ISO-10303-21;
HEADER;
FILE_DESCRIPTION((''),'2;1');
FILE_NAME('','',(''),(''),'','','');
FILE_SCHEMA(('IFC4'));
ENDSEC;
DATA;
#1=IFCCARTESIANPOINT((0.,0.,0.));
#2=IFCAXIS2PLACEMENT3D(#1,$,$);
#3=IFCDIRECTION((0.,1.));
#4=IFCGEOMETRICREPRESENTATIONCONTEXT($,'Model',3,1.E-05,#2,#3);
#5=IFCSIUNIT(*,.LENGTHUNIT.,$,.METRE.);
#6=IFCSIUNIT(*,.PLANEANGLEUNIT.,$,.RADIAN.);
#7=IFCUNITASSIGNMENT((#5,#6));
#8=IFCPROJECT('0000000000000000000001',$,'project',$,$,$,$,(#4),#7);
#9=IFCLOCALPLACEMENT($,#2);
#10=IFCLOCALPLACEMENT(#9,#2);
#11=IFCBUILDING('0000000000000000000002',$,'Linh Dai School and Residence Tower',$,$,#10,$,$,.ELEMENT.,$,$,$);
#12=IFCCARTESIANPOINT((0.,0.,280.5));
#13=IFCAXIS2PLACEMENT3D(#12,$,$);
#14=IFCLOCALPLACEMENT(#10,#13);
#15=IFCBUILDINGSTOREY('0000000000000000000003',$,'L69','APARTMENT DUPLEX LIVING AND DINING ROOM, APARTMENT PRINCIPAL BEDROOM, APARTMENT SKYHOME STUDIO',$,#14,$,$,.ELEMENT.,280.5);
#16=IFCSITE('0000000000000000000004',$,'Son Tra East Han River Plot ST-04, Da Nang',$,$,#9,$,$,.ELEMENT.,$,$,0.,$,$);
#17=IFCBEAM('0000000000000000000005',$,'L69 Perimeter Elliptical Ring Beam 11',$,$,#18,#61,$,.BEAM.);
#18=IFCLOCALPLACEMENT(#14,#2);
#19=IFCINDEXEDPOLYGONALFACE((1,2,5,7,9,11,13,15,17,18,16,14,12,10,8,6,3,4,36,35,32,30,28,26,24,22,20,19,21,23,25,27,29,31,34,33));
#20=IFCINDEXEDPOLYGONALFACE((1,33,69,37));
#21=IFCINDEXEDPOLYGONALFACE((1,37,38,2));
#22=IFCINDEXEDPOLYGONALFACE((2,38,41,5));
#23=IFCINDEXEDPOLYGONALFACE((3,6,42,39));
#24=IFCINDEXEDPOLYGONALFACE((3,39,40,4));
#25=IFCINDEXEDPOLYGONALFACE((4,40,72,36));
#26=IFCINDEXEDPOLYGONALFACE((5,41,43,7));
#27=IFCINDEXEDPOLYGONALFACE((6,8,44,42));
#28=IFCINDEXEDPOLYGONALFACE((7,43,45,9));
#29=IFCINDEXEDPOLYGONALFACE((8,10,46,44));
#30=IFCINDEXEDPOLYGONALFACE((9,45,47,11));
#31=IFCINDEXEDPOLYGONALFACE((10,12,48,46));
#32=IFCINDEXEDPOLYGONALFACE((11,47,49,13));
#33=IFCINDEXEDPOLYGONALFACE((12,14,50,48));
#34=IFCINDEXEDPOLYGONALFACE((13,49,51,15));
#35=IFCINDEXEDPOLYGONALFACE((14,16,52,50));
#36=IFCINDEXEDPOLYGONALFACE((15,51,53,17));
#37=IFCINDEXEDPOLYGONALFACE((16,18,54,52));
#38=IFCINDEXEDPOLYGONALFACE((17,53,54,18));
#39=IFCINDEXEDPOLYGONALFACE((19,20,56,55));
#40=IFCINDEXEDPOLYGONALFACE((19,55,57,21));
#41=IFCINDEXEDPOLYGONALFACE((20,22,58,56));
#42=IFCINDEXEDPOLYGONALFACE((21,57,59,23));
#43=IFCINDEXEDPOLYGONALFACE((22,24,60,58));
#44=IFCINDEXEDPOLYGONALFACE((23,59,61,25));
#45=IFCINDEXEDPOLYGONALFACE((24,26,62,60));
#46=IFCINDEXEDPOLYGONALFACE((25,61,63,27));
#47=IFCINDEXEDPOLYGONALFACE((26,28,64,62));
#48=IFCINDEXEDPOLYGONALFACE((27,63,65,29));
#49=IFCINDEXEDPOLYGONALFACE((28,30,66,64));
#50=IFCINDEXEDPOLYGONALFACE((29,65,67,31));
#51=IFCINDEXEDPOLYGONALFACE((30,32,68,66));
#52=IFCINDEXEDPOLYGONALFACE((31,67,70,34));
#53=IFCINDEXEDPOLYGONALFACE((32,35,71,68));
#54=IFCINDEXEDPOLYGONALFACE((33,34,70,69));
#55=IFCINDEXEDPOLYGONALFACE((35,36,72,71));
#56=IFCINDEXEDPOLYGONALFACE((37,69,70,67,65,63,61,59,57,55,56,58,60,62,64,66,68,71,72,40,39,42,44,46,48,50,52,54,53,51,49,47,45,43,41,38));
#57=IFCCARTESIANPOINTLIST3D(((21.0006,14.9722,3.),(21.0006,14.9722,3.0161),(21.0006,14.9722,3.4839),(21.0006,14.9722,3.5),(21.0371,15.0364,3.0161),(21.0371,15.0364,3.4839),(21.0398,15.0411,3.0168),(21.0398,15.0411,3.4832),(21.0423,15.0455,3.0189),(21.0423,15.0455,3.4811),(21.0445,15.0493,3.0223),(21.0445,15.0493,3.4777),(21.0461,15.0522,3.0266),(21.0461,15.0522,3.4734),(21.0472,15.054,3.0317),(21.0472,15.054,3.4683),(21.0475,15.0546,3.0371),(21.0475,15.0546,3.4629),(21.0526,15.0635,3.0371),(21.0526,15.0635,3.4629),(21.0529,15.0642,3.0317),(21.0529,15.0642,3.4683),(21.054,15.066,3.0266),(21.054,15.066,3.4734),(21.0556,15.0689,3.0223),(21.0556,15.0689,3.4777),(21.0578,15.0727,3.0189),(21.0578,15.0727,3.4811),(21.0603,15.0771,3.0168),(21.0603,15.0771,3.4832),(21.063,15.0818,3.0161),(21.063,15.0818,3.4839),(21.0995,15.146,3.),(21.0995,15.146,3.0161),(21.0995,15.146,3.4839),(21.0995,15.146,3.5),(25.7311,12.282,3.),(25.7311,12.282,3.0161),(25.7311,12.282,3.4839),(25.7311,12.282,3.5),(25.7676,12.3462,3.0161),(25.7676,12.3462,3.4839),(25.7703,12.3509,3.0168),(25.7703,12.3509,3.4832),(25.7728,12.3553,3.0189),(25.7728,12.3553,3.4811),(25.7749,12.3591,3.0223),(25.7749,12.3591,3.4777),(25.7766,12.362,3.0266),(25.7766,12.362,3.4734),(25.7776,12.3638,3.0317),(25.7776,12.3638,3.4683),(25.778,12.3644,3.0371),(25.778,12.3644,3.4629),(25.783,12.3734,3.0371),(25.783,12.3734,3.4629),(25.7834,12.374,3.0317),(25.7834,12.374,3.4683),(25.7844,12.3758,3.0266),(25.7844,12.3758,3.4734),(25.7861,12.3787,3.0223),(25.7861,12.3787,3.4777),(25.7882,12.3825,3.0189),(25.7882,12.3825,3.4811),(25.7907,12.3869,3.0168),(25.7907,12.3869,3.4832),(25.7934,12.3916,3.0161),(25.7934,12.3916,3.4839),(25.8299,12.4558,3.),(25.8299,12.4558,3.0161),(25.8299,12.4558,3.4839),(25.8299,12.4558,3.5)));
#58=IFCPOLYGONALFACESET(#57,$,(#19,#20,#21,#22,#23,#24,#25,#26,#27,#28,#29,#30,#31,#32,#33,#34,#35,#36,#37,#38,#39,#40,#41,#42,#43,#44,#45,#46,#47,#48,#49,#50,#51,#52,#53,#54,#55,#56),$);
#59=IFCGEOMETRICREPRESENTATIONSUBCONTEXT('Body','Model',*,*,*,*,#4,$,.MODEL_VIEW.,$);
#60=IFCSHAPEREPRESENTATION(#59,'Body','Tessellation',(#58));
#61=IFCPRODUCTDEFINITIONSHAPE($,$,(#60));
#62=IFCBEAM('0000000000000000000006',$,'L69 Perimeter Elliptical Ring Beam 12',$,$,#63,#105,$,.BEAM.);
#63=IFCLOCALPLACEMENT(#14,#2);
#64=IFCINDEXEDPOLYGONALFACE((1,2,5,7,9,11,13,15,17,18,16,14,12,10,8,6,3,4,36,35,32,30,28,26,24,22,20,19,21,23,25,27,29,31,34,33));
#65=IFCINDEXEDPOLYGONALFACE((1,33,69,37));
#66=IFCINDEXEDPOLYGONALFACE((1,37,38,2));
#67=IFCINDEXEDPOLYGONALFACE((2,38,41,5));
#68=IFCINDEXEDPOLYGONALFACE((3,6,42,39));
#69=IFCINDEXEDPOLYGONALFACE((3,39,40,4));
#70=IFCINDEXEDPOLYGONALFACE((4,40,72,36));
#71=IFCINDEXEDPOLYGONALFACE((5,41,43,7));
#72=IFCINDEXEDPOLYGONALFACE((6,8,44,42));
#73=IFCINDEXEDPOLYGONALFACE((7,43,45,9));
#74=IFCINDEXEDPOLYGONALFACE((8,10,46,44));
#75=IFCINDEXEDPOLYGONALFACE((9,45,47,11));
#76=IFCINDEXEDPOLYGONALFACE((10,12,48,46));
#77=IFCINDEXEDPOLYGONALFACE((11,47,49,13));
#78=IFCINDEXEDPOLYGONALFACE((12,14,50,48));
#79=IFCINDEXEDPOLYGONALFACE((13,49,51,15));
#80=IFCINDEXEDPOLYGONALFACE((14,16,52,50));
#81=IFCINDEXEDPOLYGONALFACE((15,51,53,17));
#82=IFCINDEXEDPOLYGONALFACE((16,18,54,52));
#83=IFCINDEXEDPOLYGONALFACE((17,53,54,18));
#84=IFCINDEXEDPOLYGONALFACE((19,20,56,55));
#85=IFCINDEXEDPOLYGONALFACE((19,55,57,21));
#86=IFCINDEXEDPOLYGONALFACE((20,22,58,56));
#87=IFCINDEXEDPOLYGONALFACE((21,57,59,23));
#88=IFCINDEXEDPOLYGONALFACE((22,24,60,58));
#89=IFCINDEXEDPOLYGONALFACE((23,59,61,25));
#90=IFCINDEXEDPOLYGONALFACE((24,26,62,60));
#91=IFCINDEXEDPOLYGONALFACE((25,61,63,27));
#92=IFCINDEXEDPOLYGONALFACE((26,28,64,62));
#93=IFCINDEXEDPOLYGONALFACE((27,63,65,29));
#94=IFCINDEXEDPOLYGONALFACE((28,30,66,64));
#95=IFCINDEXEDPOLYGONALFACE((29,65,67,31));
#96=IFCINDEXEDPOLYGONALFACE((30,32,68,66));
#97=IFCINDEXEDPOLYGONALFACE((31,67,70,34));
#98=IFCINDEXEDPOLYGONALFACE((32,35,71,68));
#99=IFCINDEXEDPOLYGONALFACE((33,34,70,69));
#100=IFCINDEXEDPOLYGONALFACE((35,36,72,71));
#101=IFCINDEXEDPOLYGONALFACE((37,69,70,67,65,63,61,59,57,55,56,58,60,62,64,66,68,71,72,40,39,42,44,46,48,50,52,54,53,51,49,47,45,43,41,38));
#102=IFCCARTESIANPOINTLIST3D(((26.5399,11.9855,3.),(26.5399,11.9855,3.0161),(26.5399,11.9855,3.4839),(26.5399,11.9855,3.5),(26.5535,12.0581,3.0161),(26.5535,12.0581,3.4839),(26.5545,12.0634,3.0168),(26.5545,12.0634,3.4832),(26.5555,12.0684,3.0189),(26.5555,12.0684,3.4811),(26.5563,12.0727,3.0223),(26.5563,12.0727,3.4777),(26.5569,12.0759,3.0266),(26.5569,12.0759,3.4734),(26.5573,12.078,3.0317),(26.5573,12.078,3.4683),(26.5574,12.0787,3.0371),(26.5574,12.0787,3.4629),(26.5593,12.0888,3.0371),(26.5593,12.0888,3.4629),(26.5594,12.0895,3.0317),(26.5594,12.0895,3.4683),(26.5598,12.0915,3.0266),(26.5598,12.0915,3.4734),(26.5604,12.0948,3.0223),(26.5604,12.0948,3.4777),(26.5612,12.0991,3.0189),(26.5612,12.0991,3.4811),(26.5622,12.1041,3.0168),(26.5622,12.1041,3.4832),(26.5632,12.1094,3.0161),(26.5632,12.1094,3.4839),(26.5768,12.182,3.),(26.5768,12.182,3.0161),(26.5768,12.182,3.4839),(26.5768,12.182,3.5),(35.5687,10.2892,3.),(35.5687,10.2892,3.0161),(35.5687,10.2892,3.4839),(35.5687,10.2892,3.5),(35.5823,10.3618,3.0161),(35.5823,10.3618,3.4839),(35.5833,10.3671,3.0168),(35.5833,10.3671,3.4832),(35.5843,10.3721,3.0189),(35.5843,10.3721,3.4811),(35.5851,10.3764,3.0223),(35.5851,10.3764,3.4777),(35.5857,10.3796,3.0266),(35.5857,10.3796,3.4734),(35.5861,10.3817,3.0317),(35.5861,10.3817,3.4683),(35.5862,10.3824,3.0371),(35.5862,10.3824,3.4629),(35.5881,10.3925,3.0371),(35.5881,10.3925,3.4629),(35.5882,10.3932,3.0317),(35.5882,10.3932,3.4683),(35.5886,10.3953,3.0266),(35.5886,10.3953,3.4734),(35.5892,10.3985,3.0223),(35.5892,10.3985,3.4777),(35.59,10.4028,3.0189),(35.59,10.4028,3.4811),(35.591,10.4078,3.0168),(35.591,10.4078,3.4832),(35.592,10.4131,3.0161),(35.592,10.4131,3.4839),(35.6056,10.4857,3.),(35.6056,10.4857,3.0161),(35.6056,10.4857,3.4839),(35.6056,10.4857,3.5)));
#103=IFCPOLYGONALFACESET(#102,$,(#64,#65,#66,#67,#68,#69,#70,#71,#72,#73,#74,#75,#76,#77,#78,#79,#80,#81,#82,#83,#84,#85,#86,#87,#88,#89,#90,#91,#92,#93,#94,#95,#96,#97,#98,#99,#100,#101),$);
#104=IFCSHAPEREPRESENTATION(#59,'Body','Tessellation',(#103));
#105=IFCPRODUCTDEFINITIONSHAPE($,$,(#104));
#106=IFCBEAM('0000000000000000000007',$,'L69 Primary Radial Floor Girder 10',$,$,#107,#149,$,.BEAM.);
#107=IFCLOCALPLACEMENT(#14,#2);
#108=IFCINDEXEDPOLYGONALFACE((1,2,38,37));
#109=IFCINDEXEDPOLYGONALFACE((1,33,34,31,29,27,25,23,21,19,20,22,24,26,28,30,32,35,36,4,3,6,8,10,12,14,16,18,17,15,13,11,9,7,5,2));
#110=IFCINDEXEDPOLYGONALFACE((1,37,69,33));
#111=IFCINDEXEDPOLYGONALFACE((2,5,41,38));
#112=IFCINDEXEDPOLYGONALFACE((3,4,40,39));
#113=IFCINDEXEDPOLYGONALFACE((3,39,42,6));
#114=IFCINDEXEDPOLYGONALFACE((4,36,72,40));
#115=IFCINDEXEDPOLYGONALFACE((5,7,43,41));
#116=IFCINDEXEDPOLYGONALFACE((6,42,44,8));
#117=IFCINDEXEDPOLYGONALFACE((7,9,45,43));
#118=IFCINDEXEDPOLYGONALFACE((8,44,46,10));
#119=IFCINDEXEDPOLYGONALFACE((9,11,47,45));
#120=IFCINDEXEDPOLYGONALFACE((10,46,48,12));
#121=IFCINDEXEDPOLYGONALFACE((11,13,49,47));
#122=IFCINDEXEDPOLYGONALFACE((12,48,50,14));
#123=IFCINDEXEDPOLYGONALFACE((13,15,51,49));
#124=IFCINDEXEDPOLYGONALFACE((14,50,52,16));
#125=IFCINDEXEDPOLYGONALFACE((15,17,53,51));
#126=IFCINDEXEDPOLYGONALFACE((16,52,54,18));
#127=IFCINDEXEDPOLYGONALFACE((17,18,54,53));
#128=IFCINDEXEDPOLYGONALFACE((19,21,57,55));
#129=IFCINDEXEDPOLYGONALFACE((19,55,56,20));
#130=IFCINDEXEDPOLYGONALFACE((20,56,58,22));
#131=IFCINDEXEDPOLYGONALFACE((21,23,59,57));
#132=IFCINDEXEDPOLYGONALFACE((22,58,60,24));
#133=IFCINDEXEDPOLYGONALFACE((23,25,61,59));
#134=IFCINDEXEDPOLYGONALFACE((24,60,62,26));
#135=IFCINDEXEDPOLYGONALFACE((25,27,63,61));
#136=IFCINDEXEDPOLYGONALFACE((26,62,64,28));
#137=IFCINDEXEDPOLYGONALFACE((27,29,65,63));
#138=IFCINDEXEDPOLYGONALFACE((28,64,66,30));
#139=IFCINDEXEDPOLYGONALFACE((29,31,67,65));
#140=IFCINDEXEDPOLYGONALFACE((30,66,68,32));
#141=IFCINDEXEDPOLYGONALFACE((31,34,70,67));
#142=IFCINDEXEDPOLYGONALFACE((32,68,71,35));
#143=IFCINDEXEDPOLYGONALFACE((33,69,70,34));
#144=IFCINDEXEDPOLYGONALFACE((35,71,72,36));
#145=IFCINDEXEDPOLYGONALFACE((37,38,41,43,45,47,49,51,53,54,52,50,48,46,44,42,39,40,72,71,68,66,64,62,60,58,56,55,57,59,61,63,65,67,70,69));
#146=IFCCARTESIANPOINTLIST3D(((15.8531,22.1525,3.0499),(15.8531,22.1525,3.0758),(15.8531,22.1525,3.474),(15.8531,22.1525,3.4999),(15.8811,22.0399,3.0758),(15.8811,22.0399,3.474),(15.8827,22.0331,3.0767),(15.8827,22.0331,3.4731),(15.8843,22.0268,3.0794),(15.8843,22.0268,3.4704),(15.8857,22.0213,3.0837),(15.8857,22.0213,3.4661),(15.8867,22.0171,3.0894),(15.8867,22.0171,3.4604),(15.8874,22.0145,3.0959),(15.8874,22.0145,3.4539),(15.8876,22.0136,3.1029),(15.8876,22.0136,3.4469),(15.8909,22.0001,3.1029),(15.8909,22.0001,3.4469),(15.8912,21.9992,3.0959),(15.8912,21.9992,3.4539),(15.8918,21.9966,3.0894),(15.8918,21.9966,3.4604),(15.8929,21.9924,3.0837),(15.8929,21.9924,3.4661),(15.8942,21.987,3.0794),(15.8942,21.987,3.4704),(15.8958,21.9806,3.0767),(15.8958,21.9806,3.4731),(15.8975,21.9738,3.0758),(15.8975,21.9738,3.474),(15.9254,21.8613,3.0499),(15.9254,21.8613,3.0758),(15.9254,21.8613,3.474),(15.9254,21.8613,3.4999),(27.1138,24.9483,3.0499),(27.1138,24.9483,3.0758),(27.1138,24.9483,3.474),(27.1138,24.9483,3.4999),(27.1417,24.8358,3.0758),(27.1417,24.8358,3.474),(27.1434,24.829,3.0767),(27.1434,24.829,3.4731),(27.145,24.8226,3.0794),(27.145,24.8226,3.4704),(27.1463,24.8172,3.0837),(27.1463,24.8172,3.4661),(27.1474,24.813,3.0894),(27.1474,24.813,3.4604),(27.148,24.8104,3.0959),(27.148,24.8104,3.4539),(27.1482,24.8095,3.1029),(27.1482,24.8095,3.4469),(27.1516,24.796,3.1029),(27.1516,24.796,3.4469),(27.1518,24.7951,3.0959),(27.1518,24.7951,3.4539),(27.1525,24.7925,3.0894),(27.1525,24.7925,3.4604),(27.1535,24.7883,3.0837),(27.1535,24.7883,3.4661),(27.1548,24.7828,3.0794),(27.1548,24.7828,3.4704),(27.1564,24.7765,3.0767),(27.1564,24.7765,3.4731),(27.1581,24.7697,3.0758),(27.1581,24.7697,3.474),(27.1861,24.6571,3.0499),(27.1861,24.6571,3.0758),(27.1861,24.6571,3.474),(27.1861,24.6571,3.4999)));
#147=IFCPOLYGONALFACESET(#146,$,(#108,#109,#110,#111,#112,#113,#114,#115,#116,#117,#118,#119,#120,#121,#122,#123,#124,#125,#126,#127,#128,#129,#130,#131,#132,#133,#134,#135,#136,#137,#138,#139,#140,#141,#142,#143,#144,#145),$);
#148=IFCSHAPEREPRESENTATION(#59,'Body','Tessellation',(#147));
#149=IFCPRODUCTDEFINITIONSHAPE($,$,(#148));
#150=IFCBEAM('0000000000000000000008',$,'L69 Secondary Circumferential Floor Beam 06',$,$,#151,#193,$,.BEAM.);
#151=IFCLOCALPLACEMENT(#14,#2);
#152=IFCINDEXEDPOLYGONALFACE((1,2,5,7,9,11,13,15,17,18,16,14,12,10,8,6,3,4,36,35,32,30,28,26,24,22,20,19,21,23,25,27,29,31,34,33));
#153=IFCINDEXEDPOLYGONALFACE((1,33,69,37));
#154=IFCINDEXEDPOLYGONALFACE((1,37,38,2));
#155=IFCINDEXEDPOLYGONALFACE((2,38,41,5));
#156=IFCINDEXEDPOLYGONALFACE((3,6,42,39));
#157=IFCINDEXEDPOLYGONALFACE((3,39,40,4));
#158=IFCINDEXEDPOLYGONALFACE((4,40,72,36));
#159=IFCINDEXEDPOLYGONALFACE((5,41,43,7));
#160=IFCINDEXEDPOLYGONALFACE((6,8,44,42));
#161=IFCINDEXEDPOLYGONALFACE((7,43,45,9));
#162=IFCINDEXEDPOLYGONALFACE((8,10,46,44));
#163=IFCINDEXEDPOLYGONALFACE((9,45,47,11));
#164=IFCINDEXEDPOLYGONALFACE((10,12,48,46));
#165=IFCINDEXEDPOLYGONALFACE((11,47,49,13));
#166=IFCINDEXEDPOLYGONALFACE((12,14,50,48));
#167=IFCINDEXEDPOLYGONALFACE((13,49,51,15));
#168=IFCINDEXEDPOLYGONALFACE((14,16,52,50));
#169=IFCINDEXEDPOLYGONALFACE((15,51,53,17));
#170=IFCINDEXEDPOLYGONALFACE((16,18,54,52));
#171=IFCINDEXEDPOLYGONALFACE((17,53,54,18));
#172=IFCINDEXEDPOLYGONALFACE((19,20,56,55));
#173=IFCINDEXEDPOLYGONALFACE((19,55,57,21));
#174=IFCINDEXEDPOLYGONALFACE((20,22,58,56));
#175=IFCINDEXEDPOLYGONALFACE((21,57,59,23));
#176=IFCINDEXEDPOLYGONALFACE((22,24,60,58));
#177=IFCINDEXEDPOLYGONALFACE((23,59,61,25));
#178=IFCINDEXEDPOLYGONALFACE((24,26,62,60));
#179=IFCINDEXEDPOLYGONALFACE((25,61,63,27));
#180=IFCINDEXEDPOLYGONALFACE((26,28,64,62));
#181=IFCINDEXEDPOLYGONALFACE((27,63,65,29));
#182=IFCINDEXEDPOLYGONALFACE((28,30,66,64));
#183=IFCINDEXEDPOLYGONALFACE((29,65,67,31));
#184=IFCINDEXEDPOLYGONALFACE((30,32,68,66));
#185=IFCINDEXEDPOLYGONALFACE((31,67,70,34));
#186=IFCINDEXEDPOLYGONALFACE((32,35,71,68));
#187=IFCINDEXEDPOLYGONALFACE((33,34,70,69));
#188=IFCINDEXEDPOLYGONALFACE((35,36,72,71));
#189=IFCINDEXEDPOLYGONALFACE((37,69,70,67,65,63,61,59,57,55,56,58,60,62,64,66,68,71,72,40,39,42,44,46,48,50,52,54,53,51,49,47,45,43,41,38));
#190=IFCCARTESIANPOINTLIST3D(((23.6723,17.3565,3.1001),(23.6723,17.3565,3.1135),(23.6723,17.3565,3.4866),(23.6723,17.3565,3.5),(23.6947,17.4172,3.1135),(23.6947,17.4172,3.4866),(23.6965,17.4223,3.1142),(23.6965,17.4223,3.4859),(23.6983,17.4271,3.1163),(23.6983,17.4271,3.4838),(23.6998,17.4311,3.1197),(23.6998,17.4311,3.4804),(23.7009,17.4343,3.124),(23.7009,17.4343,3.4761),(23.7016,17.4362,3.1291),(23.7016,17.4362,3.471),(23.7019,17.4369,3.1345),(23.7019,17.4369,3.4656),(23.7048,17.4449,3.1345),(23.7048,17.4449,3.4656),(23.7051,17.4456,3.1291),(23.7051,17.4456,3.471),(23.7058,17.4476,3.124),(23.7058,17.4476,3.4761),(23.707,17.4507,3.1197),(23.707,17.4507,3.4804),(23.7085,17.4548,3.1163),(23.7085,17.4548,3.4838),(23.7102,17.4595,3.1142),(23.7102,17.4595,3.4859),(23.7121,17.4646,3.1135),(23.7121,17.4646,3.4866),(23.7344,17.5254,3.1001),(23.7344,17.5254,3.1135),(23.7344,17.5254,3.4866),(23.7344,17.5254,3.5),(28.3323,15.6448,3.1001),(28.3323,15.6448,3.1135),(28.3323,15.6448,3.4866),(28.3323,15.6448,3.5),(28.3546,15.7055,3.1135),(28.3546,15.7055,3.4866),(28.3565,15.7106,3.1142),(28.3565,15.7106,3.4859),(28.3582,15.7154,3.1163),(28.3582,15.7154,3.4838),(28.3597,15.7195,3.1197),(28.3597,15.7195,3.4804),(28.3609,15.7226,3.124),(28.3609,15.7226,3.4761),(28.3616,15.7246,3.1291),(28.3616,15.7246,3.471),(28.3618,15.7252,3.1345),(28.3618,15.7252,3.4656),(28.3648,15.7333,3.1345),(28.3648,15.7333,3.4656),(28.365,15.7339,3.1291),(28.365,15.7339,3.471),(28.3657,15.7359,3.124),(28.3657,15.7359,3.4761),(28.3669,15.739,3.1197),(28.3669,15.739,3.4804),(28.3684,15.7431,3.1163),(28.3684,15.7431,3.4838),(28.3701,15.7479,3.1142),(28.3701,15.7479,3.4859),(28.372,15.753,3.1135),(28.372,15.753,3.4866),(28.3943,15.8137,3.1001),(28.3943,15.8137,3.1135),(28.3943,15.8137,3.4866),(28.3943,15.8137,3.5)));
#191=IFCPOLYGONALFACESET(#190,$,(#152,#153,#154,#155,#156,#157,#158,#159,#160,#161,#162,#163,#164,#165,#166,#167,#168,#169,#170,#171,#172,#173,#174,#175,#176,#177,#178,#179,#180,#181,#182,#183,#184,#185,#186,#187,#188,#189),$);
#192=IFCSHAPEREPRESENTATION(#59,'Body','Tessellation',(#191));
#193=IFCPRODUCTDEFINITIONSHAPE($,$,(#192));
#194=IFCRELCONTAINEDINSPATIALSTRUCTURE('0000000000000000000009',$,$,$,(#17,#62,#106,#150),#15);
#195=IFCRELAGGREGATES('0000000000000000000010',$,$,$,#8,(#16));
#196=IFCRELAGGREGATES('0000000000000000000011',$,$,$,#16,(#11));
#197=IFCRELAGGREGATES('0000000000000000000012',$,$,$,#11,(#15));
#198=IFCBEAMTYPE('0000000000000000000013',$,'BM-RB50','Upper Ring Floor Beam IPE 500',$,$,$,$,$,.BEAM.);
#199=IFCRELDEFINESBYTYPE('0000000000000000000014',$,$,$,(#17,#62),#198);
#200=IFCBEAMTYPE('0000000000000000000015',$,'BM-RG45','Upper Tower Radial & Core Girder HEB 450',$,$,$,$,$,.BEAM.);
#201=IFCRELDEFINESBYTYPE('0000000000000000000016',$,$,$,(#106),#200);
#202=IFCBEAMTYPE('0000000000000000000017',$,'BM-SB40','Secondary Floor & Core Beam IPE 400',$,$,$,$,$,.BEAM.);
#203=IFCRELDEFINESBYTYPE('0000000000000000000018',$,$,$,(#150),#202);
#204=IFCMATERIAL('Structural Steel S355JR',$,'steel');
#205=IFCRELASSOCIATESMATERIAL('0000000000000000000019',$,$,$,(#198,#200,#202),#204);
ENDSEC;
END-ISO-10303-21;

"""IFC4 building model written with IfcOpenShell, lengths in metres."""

from ifc_helpers import new_model, si_unit, direction, frame, origin, origin_2d, place, context, subcontext, project, spatial, i_section, extrude, material, material_profile, profile_set, type_object, element, save


model = new_model("IFC4")

# Units and contexts
model_context = context("Model", 3, precision=1e-05, world=origin(), true_north=direction((0.0, 1.0)))
body_context = subcontext(model_context, "Body", "Model", "MODEL_VIEW")
ifc_project = project(units=[si_unit("LENGTHUNIT", "METRE"), si_unit("PLANEANGLEUNIT", "RADIAN")], contexts=[model_context])

# Site, building, storey
site_placement = place(None, origin())
site = spatial("IfcSite", under=ifc_project, at=site_placement, Name="Son Tra East Han River Plot ST-04, Da Nang", CompositionType="ELEMENT", RefElevation=0.0)
building_placement = place(site_placement, origin())
building = spatial("IfcBuilding", under=site, at=building_placement, Name="Linh Dai School and Residence Tower", CompositionType="ELEMENT")
storey_placement = place(building_placement, frame((0.0, 0.0, 280.5)))
storey = spatial("IfcBuildingStorey", under=building, at=storey_placement, Name="L69", Description="APARTMENT DUPLEX LIVING AND DINING ROOM, APARTMENT PRINCIPAL BEDROOM, APARTMENT SKYHOME STUDIO", CompositionType="ELEMENT", Elevation=280.5)

# Shared definitions
ifc_material_1 = material(Name="Structural Steel S355JR", Category="steel")

# Beams
ifc_material_profile_1 = material_profile(ifc_material_1, i_section(OverallWidth=0.2, OverallDepth=0.5, WebThickness=0.0103, FlangeThickness=0.0161, FilletRadius=0.021, at=origin_2d()), Name="IPE 500")
ifc_profile_set_1 = profile_set([ifc_material_profile_1], Name="Structural Steel S355JR")
beam_type_1 = type_object("IfcBeamType", Name="BM-RB50", Description="Upper Ring Floor Beam IPE 500", PredefinedType="BEAM", material=ifc_profile_set_1)
beam_1_placement = place(storey_placement, frame((21.05, 15.0591, 3.25), z_axis=(0.869266, -0.494345, 0.0), x_axis=(0.494345, 0.869266, 0.0)))
element("IfcBeam", 1, at=beam_1_placement, inside=storey, type_object=beam_type_1, Name="L69 Perimeter Elliptical Ring Beam 11", PredefinedType="BEAM", context=body_context, shape_type="SweptSolid", body=[
    extrude(i_section(OverallWidth=0.2, OverallDepth=0.5, WebThickness=0.0103, FlangeThickness=0.0161, FilletRadius=0.021, at=origin_2d()), origin(), (0.0, 0.0, 1.0), 5.4419),
])
beam_2_placement = place(storey_placement, frame((26.5583, 12.0837, 3.25), z_axis=(0.982805, -0.184645, 0.0), x_axis=(0.184645, 0.982805, 0.0)))
element("IfcBeam", 2, at=beam_2_placement, inside=storey, type_object=beam_type_1, Name="L69 Perimeter Elliptical Ring Beam 12", PredefinedType="BEAM", context=body_context, shape_type="SweptSolid", body=[
    extrude(i_section(OverallWidth=0.2, OverallDepth=0.5, WebThickness=0.0103, FlangeThickness=0.0161, FilletRadius=0.021, at=origin_2d()), origin(), (0.0, 0.0, 1.0), 9.1868),
])
ifc_material_profile_2 = material_profile(ifc_material_1, i_section(OverallWidth=0.3, OverallDepth=0.45, WebThickness=0.0139, FlangeThickness=0.0259, FilletRadius=0.0271, at=origin_2d()), Name="HEB 450")
ifc_profile_set_2 = profile_set([ifc_material_profile_2], Name="Structural Steel S355JR")
beam_type_2 = type_object("IfcBeamType", Name="BM-RG45", Description="Upper Tower Radial & Core Girder HEB 450", PredefinedType="BEAM", material=ifc_profile_set_2)
beam_3_placement = place(storey_placement, frame((27.1499, 24.8027, 3.2749), z_axis=(-0.970532, -0.240971, 0.0), x_axis=(0.240971, -0.970532, 0.0)))
element("IfcBeam", 3, at=beam_3_placement, inside=storey, type_object=beam_type_2, Name="L69 Primary Radial Floor Girder 10", PredefinedType="BEAM", context=body_context, shape_type="SweptSolid", body=[
    extrude(i_section(OverallWidth=0.3, OverallDepth=0.45, WebThickness=0.0139, FlangeThickness=0.0259, FilletRadius=0.0271, at=origin_2d()), origin(), (0.0, 0.0, 1.0), 11.6025),
])
ifc_material_profile_3 = material_profile(ifc_material_1, i_section(OverallWidth=0.1799, OverallDepth=0.3999, WebThickness=0.0085, FlangeThickness=0.0134, FilletRadius=0.021, at=origin_2d()), Name="IPE 400")
ifc_profile_set_3 = profile_set([ifc_material_profile_3], Name="Structural Steel S355JR")
beam_type_3 = type_object("IfcBeamType", Name="BM-SB40", Description="Secondary Floor & Core Beam IPE 400", PredefinedType="BEAM", material=ifc_profile_set_3)
beam_4_placement = place(storey_placement, frame((23.7034, 17.4409, 3.3), z_axis=(0.938679, -0.344794, 0.0), x_axis=(0.344794, 0.938679, 0.0)))
element("IfcBeam", 4, at=beam_4_placement, inside=storey, type_object=beam_type_3, Name="L69 Secondary Circumferential Floor Beam 06", PredefinedType="BEAM", context=body_context, shape_type="SweptSolid", body=[
    extrude(i_section(OverallWidth=0.1799, OverallDepth=0.3999, WebThickness=0.0085, FlangeThickness=0.0134, FilletRadius=0.021, at=origin_2d()), origin(), (0.0, 0.0, 1.0), 4.9644),
])

save(model, "model.ifc")
